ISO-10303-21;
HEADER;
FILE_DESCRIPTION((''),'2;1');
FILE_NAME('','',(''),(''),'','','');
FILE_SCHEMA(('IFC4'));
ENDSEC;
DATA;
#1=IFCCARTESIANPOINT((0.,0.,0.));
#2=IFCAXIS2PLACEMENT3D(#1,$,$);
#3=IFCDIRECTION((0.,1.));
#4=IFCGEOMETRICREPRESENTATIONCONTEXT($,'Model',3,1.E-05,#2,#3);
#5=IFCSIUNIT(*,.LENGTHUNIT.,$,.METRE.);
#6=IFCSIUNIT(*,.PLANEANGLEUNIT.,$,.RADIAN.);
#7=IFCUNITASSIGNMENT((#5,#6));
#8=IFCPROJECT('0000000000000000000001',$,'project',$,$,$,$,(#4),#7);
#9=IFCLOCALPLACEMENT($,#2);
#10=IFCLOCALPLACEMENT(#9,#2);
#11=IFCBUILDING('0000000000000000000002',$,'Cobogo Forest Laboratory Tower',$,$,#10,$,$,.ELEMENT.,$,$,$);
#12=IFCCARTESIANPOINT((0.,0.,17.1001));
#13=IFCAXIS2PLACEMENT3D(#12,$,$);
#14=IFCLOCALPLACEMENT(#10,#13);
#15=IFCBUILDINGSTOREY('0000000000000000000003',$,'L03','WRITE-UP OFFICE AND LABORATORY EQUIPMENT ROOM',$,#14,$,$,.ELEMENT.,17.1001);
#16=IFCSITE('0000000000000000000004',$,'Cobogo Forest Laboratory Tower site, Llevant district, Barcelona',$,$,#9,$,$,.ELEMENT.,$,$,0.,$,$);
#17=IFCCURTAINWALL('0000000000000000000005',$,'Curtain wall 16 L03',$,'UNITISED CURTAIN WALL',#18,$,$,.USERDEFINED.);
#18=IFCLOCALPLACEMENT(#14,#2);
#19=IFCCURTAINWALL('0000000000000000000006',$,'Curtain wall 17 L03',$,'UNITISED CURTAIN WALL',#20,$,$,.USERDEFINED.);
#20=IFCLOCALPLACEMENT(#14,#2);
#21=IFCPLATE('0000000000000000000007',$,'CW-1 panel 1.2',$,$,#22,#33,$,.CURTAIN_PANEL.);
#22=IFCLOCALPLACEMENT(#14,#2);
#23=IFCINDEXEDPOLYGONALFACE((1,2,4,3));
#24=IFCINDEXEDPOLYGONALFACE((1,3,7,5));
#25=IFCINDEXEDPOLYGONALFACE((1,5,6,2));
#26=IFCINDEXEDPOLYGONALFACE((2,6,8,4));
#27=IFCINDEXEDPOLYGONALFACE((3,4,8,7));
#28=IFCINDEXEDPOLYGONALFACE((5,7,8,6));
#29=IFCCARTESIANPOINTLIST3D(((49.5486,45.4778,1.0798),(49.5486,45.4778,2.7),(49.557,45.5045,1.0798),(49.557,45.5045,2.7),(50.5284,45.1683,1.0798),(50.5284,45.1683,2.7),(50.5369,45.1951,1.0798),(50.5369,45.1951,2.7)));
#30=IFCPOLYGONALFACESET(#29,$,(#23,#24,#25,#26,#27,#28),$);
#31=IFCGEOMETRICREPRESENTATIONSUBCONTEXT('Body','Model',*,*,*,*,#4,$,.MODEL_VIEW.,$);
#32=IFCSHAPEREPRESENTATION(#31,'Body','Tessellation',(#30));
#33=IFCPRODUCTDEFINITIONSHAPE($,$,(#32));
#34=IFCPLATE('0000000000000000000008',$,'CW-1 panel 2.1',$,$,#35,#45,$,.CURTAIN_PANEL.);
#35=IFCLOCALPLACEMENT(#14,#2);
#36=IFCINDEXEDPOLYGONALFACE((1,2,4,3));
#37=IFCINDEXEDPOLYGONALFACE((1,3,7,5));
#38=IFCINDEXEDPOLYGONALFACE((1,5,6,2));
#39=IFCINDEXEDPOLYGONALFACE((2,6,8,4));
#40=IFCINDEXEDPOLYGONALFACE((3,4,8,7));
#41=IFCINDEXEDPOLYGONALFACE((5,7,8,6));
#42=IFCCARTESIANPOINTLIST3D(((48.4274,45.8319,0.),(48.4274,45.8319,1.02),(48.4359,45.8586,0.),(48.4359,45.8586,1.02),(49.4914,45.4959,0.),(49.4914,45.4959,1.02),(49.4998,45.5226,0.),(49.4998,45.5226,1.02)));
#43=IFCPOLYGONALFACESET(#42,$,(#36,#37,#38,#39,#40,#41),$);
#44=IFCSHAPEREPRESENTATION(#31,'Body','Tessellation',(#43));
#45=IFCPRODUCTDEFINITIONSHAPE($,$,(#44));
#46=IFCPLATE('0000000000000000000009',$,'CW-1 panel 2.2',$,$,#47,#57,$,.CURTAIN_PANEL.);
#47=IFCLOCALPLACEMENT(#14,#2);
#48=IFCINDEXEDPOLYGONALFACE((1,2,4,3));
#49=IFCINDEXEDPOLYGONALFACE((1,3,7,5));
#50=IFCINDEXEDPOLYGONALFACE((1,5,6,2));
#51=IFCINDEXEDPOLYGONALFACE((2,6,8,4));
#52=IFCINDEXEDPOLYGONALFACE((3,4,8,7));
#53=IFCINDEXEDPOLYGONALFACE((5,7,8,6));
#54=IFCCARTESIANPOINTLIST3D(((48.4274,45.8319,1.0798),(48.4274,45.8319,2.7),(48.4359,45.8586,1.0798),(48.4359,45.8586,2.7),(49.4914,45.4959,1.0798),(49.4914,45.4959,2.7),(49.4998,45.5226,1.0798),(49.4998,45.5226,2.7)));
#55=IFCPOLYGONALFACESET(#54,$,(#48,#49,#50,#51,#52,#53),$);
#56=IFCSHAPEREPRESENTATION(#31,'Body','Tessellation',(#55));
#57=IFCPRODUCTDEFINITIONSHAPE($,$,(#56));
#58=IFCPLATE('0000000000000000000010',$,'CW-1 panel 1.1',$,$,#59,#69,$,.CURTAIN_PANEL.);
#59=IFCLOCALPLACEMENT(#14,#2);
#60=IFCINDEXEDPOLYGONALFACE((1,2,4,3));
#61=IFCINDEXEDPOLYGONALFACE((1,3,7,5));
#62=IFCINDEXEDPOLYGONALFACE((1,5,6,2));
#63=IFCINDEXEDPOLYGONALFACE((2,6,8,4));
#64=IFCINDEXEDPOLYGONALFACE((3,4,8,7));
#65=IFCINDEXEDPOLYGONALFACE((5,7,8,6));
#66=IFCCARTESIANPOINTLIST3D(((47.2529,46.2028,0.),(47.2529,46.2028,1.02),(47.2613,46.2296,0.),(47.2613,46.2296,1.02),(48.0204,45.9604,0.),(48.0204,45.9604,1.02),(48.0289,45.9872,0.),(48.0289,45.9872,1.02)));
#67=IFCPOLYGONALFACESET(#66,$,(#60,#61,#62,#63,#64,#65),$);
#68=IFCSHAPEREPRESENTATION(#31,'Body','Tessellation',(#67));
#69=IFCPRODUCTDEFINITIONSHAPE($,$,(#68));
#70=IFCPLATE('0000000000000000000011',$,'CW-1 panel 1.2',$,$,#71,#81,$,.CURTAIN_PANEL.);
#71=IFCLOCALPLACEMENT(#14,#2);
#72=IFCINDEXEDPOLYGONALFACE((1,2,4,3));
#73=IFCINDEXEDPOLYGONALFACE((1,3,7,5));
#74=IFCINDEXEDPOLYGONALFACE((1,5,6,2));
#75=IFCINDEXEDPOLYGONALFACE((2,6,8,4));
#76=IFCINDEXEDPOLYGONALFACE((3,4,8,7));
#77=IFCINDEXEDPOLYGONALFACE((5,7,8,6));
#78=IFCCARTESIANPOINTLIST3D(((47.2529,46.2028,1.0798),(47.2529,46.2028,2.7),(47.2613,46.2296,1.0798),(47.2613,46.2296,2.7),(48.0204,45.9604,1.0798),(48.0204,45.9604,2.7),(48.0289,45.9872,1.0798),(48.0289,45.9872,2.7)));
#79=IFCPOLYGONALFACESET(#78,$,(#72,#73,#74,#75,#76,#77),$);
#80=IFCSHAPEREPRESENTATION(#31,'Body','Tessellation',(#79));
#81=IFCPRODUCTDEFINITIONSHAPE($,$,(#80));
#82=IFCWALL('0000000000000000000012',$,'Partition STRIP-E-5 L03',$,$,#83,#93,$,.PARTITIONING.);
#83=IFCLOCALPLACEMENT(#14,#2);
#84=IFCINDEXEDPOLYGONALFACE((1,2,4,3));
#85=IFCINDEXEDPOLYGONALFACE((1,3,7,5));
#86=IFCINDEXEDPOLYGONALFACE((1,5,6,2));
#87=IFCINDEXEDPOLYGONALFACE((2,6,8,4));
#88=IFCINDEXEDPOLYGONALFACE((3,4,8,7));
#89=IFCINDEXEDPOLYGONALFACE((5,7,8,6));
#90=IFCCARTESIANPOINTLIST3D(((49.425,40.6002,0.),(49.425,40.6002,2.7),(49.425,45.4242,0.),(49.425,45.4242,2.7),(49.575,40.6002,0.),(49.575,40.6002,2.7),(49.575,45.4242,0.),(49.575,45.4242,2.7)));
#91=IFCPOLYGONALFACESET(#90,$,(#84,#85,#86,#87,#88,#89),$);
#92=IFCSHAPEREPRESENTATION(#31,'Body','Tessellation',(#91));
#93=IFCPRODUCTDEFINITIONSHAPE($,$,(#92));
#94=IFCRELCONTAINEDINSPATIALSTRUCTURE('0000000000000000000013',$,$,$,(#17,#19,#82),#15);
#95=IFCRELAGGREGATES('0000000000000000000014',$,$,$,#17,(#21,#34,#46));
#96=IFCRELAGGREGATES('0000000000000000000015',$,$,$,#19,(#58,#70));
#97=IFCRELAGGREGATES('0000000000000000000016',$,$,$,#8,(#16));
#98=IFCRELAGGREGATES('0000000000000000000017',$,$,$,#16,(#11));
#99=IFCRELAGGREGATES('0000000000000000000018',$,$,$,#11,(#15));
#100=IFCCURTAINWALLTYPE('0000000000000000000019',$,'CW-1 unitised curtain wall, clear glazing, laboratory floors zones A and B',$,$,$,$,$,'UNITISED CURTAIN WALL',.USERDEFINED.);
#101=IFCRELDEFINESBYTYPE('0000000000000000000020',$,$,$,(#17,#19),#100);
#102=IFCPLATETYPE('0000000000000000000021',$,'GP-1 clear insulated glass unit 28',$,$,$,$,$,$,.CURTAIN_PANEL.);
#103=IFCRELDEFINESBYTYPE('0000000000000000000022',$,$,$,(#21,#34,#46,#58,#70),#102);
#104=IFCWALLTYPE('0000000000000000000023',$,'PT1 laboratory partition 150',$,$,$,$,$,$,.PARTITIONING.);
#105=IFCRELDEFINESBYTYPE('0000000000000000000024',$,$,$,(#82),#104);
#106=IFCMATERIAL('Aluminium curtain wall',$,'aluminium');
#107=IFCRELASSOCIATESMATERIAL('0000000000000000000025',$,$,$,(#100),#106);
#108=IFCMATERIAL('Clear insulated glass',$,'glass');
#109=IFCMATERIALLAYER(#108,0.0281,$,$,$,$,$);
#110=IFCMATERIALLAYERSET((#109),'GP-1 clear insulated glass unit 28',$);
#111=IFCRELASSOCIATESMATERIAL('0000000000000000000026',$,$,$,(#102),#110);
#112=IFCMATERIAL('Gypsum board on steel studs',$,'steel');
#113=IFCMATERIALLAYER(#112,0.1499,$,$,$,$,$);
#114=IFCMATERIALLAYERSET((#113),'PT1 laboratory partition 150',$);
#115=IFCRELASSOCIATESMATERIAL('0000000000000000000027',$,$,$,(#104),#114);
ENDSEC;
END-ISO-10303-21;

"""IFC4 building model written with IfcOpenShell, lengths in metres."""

from ifc_helpers import new_model, si_unit, direction, frame, frame_2d, origin, origin_2d, place, context, subcontext, project, spatial, rectangle, extrude, material, layer, layer_set, type_object, element, aggregate, save


model = new_model("IFC4")

# Units and contexts
model_context = context("Model", 3, precision=1e-05, world=origin(), true_north=direction((0.0, 1.0)))
body_context = subcontext(model_context, "Body", "Model", "MODEL_VIEW")
ifc_project = project(units=[si_unit("LENGTHUNIT", "METRE"), si_unit("PLANEANGLEUNIT", "RADIAN")], contexts=[model_context])

# Site, building, storey
site_placement = place(None, origin())
site = spatial("IfcSite", under=ifc_project, at=site_placement, Name="Cobogo Forest Laboratory Tower site, Llevant district, Barcelona", CompositionType="ELEMENT", RefElevation=0.0)
building_placement = place(site_placement, origin())
building = spatial("IfcBuilding", under=site, at=building_placement, Name="Cobogo Forest Laboratory Tower", CompositionType="ELEMENT")
storey_placement = place(building_placement, frame((0.0, 0.0, 17.1001)))
storey = spatial("IfcBuildingStorey", under=building, at=storey_placement, Name="L03", Description="WRITE-UP OFFICE AND LABORATORY EQUIPMENT ROOM", CompositionType="ELEMENT", Elevation=17.1001)

# Curtain walls
ifc_material_1 = material(Name="Aluminium curtain wall", Category="aluminium")
curtain_wall_type = type_object("IfcCurtainWallType", Name="CW-1 unitised curtain wall, clear glazing, laboratory floors zones A and B", ElementType="UNITISED CURTAIN WALL", PredefinedType="USERDEFINED", material=ifc_material_1)
curtain_wall_1_placement = place(storey_placement, origin())
curtain_wall_1 = element("IfcCurtainWall", 1, at=curtain_wall_1_placement, inside=storey, type_object=curtain_wall_type, Name="Curtain wall 16 L03", ObjectType="UNITISED CURTAIN WALL", PredefinedType="USERDEFINED")
curtain_wall_2_placement = place(storey_placement, origin())
curtain_wall_2 = element("IfcCurtainWall", 2, at=curtain_wall_2_placement, inside=storey, type_object=curtain_wall_type, Name="Curtain wall 17 L03", ObjectType="UNITISED CURTAIN WALL", PredefinedType="USERDEFINED")

# Plates
ifc_material_2 = material(Name="Clear insulated glass", Category="glass")
ifc_layer_1 = layer(ifc_material_2, 0.0281)
ifc_layer_set_1 = layer_set([ifc_layer_1], Name="GP-1 clear insulated glass unit 28")
plate_type = type_object("IfcPlateType", Name="GP-1 clear insulated glass unit 28", PredefinedType="CURTAIN_PANEL", material=ifc_layer_set_1)
plate_1_placement = place(storey_placement, frame((50.0427, 45.3364, 1.0798), z_axis=(0.0, 0.0, 1.0), x_axis=(-0.953581, 0.301135, 0.0)))
plate_1 = element("IfcPlate", 3, at=plate_1_placement, type_object=plate_type, Name="CW-1 panel 1.2", PredefinedType="CURTAIN_PANEL", context=body_context, shape_type="SweptSolid", body=[
    extrude(rectangle(XDim=1.0276, YDim=0.0281, at=origin_2d()), origin(), (0.0, 0.0, 1.0), 1.6201),
])
plate_2_placement = place(storey_placement, frame((48.9636, 45.6772, 0.0), z_axis=(0.0, 0.0, 1.0), x_axis=(-0.953581, 0.301135, 0.0)))
plate_2 = element("IfcPlate", 4, at=plate_2_placement, type_object=plate_type, Name="CW-1 panel 2.1", PredefinedType="CURTAIN_PANEL", context=body_context, shape_type="SweptSolid", body=[
    extrude(rectangle(XDim=1.1157, YDim=0.0281, at=origin_2d()), origin(), (0.0, 0.0, 1.0), 1.02),
])
plate_3_placement = place(storey_placement, frame((48.9636, 45.6772, 1.0798), z_axis=(0.0, 0.0, 1.0), x_axis=(-0.953581, 0.301135, 0.0)))
plate_3 = element("IfcPlate", 5, at=plate_3_placement, type_object=plate_type, Name="CW-1 panel 2.2", PredefinedType="CURTAIN_PANEL", context=body_context, shape_type="SweptSolid", body=[
    extrude(rectangle(XDim=1.1157, YDim=0.0281, at=origin_2d()), origin(), (0.0, 0.0, 1.0), 1.6201),
])
aggregate(curtain_wall_1, [plate_1, plate_2, plate_3])
plate_4_placement = place(storey_placement, frame((47.6409, 46.095, 0.0), z_axis=(0.0, 0.0, 1.0), x_axis=(-0.953581, 0.301135, 0.0)))
plate_4 = element("IfcPlate", 6, at=plate_4_placement, type_object=plate_type, Name="CW-1 panel 1.1", PredefinedType="CURTAIN_PANEL", context=body_context, shape_type="SweptSolid", body=[
    extrude(rectangle(XDim=0.8049, YDim=0.0281, at=origin_2d()), origin(), (0.0, 0.0, 1.0), 1.02),
])
plate_5_placement = place(storey_placement, frame((47.6409, 46.095, 1.0798), z_axis=(0.0, 0.0, 1.0), x_axis=(-0.953581, 0.301135, 0.0)))
plate_5 = element("IfcPlate", 7, at=plate_5_placement, type_object=plate_type, Name="CW-1 panel 1.2", PredefinedType="CURTAIN_PANEL", context=body_context, shape_type="SweptSolid", body=[
    extrude(rectangle(XDim=0.8049, YDim=0.0281, at=origin_2d()), origin(), (0.0, 0.0, 1.0), 1.6201),
])
aggregate(curtain_wall_2, [plate_4, plate_5])

# Wall
ifc_material_3 = material(Name="Gypsum board on steel studs", Category="steel")
ifc_layer_2 = layer(ifc_material_3, 0.1499)
ifc_layer_set_2 = layer_set([ifc_layer_2], Name="PT1 laboratory partition 150")
wall_type = type_object("IfcWallType", Name="PT1 laboratory partition 150", PredefinedType="PARTITIONING", material=ifc_layer_set_2)
wall_placement = place(storey_placement, frame((49.5, 40.6001, 0.0), z_axis=(0.0, 0.0, 1.0), x_axis=(0.0, 1.0, 0.0)))
element("IfcWall", 8, at=wall_placement, inside=storey, type_object=wall_type, Name="Partition STRIP-E-5 L03", PredefinedType="PARTITIONING", context=body_context, shape_type="SweptSolid", body=[
    extrude(rectangle(XDim=4.824, YDim=0.1499, at=frame_2d((2.4121, 0.0))), origin(), (0.0, 0.0, 1.0), 2.7),
])

save(model, "model.ifc")
